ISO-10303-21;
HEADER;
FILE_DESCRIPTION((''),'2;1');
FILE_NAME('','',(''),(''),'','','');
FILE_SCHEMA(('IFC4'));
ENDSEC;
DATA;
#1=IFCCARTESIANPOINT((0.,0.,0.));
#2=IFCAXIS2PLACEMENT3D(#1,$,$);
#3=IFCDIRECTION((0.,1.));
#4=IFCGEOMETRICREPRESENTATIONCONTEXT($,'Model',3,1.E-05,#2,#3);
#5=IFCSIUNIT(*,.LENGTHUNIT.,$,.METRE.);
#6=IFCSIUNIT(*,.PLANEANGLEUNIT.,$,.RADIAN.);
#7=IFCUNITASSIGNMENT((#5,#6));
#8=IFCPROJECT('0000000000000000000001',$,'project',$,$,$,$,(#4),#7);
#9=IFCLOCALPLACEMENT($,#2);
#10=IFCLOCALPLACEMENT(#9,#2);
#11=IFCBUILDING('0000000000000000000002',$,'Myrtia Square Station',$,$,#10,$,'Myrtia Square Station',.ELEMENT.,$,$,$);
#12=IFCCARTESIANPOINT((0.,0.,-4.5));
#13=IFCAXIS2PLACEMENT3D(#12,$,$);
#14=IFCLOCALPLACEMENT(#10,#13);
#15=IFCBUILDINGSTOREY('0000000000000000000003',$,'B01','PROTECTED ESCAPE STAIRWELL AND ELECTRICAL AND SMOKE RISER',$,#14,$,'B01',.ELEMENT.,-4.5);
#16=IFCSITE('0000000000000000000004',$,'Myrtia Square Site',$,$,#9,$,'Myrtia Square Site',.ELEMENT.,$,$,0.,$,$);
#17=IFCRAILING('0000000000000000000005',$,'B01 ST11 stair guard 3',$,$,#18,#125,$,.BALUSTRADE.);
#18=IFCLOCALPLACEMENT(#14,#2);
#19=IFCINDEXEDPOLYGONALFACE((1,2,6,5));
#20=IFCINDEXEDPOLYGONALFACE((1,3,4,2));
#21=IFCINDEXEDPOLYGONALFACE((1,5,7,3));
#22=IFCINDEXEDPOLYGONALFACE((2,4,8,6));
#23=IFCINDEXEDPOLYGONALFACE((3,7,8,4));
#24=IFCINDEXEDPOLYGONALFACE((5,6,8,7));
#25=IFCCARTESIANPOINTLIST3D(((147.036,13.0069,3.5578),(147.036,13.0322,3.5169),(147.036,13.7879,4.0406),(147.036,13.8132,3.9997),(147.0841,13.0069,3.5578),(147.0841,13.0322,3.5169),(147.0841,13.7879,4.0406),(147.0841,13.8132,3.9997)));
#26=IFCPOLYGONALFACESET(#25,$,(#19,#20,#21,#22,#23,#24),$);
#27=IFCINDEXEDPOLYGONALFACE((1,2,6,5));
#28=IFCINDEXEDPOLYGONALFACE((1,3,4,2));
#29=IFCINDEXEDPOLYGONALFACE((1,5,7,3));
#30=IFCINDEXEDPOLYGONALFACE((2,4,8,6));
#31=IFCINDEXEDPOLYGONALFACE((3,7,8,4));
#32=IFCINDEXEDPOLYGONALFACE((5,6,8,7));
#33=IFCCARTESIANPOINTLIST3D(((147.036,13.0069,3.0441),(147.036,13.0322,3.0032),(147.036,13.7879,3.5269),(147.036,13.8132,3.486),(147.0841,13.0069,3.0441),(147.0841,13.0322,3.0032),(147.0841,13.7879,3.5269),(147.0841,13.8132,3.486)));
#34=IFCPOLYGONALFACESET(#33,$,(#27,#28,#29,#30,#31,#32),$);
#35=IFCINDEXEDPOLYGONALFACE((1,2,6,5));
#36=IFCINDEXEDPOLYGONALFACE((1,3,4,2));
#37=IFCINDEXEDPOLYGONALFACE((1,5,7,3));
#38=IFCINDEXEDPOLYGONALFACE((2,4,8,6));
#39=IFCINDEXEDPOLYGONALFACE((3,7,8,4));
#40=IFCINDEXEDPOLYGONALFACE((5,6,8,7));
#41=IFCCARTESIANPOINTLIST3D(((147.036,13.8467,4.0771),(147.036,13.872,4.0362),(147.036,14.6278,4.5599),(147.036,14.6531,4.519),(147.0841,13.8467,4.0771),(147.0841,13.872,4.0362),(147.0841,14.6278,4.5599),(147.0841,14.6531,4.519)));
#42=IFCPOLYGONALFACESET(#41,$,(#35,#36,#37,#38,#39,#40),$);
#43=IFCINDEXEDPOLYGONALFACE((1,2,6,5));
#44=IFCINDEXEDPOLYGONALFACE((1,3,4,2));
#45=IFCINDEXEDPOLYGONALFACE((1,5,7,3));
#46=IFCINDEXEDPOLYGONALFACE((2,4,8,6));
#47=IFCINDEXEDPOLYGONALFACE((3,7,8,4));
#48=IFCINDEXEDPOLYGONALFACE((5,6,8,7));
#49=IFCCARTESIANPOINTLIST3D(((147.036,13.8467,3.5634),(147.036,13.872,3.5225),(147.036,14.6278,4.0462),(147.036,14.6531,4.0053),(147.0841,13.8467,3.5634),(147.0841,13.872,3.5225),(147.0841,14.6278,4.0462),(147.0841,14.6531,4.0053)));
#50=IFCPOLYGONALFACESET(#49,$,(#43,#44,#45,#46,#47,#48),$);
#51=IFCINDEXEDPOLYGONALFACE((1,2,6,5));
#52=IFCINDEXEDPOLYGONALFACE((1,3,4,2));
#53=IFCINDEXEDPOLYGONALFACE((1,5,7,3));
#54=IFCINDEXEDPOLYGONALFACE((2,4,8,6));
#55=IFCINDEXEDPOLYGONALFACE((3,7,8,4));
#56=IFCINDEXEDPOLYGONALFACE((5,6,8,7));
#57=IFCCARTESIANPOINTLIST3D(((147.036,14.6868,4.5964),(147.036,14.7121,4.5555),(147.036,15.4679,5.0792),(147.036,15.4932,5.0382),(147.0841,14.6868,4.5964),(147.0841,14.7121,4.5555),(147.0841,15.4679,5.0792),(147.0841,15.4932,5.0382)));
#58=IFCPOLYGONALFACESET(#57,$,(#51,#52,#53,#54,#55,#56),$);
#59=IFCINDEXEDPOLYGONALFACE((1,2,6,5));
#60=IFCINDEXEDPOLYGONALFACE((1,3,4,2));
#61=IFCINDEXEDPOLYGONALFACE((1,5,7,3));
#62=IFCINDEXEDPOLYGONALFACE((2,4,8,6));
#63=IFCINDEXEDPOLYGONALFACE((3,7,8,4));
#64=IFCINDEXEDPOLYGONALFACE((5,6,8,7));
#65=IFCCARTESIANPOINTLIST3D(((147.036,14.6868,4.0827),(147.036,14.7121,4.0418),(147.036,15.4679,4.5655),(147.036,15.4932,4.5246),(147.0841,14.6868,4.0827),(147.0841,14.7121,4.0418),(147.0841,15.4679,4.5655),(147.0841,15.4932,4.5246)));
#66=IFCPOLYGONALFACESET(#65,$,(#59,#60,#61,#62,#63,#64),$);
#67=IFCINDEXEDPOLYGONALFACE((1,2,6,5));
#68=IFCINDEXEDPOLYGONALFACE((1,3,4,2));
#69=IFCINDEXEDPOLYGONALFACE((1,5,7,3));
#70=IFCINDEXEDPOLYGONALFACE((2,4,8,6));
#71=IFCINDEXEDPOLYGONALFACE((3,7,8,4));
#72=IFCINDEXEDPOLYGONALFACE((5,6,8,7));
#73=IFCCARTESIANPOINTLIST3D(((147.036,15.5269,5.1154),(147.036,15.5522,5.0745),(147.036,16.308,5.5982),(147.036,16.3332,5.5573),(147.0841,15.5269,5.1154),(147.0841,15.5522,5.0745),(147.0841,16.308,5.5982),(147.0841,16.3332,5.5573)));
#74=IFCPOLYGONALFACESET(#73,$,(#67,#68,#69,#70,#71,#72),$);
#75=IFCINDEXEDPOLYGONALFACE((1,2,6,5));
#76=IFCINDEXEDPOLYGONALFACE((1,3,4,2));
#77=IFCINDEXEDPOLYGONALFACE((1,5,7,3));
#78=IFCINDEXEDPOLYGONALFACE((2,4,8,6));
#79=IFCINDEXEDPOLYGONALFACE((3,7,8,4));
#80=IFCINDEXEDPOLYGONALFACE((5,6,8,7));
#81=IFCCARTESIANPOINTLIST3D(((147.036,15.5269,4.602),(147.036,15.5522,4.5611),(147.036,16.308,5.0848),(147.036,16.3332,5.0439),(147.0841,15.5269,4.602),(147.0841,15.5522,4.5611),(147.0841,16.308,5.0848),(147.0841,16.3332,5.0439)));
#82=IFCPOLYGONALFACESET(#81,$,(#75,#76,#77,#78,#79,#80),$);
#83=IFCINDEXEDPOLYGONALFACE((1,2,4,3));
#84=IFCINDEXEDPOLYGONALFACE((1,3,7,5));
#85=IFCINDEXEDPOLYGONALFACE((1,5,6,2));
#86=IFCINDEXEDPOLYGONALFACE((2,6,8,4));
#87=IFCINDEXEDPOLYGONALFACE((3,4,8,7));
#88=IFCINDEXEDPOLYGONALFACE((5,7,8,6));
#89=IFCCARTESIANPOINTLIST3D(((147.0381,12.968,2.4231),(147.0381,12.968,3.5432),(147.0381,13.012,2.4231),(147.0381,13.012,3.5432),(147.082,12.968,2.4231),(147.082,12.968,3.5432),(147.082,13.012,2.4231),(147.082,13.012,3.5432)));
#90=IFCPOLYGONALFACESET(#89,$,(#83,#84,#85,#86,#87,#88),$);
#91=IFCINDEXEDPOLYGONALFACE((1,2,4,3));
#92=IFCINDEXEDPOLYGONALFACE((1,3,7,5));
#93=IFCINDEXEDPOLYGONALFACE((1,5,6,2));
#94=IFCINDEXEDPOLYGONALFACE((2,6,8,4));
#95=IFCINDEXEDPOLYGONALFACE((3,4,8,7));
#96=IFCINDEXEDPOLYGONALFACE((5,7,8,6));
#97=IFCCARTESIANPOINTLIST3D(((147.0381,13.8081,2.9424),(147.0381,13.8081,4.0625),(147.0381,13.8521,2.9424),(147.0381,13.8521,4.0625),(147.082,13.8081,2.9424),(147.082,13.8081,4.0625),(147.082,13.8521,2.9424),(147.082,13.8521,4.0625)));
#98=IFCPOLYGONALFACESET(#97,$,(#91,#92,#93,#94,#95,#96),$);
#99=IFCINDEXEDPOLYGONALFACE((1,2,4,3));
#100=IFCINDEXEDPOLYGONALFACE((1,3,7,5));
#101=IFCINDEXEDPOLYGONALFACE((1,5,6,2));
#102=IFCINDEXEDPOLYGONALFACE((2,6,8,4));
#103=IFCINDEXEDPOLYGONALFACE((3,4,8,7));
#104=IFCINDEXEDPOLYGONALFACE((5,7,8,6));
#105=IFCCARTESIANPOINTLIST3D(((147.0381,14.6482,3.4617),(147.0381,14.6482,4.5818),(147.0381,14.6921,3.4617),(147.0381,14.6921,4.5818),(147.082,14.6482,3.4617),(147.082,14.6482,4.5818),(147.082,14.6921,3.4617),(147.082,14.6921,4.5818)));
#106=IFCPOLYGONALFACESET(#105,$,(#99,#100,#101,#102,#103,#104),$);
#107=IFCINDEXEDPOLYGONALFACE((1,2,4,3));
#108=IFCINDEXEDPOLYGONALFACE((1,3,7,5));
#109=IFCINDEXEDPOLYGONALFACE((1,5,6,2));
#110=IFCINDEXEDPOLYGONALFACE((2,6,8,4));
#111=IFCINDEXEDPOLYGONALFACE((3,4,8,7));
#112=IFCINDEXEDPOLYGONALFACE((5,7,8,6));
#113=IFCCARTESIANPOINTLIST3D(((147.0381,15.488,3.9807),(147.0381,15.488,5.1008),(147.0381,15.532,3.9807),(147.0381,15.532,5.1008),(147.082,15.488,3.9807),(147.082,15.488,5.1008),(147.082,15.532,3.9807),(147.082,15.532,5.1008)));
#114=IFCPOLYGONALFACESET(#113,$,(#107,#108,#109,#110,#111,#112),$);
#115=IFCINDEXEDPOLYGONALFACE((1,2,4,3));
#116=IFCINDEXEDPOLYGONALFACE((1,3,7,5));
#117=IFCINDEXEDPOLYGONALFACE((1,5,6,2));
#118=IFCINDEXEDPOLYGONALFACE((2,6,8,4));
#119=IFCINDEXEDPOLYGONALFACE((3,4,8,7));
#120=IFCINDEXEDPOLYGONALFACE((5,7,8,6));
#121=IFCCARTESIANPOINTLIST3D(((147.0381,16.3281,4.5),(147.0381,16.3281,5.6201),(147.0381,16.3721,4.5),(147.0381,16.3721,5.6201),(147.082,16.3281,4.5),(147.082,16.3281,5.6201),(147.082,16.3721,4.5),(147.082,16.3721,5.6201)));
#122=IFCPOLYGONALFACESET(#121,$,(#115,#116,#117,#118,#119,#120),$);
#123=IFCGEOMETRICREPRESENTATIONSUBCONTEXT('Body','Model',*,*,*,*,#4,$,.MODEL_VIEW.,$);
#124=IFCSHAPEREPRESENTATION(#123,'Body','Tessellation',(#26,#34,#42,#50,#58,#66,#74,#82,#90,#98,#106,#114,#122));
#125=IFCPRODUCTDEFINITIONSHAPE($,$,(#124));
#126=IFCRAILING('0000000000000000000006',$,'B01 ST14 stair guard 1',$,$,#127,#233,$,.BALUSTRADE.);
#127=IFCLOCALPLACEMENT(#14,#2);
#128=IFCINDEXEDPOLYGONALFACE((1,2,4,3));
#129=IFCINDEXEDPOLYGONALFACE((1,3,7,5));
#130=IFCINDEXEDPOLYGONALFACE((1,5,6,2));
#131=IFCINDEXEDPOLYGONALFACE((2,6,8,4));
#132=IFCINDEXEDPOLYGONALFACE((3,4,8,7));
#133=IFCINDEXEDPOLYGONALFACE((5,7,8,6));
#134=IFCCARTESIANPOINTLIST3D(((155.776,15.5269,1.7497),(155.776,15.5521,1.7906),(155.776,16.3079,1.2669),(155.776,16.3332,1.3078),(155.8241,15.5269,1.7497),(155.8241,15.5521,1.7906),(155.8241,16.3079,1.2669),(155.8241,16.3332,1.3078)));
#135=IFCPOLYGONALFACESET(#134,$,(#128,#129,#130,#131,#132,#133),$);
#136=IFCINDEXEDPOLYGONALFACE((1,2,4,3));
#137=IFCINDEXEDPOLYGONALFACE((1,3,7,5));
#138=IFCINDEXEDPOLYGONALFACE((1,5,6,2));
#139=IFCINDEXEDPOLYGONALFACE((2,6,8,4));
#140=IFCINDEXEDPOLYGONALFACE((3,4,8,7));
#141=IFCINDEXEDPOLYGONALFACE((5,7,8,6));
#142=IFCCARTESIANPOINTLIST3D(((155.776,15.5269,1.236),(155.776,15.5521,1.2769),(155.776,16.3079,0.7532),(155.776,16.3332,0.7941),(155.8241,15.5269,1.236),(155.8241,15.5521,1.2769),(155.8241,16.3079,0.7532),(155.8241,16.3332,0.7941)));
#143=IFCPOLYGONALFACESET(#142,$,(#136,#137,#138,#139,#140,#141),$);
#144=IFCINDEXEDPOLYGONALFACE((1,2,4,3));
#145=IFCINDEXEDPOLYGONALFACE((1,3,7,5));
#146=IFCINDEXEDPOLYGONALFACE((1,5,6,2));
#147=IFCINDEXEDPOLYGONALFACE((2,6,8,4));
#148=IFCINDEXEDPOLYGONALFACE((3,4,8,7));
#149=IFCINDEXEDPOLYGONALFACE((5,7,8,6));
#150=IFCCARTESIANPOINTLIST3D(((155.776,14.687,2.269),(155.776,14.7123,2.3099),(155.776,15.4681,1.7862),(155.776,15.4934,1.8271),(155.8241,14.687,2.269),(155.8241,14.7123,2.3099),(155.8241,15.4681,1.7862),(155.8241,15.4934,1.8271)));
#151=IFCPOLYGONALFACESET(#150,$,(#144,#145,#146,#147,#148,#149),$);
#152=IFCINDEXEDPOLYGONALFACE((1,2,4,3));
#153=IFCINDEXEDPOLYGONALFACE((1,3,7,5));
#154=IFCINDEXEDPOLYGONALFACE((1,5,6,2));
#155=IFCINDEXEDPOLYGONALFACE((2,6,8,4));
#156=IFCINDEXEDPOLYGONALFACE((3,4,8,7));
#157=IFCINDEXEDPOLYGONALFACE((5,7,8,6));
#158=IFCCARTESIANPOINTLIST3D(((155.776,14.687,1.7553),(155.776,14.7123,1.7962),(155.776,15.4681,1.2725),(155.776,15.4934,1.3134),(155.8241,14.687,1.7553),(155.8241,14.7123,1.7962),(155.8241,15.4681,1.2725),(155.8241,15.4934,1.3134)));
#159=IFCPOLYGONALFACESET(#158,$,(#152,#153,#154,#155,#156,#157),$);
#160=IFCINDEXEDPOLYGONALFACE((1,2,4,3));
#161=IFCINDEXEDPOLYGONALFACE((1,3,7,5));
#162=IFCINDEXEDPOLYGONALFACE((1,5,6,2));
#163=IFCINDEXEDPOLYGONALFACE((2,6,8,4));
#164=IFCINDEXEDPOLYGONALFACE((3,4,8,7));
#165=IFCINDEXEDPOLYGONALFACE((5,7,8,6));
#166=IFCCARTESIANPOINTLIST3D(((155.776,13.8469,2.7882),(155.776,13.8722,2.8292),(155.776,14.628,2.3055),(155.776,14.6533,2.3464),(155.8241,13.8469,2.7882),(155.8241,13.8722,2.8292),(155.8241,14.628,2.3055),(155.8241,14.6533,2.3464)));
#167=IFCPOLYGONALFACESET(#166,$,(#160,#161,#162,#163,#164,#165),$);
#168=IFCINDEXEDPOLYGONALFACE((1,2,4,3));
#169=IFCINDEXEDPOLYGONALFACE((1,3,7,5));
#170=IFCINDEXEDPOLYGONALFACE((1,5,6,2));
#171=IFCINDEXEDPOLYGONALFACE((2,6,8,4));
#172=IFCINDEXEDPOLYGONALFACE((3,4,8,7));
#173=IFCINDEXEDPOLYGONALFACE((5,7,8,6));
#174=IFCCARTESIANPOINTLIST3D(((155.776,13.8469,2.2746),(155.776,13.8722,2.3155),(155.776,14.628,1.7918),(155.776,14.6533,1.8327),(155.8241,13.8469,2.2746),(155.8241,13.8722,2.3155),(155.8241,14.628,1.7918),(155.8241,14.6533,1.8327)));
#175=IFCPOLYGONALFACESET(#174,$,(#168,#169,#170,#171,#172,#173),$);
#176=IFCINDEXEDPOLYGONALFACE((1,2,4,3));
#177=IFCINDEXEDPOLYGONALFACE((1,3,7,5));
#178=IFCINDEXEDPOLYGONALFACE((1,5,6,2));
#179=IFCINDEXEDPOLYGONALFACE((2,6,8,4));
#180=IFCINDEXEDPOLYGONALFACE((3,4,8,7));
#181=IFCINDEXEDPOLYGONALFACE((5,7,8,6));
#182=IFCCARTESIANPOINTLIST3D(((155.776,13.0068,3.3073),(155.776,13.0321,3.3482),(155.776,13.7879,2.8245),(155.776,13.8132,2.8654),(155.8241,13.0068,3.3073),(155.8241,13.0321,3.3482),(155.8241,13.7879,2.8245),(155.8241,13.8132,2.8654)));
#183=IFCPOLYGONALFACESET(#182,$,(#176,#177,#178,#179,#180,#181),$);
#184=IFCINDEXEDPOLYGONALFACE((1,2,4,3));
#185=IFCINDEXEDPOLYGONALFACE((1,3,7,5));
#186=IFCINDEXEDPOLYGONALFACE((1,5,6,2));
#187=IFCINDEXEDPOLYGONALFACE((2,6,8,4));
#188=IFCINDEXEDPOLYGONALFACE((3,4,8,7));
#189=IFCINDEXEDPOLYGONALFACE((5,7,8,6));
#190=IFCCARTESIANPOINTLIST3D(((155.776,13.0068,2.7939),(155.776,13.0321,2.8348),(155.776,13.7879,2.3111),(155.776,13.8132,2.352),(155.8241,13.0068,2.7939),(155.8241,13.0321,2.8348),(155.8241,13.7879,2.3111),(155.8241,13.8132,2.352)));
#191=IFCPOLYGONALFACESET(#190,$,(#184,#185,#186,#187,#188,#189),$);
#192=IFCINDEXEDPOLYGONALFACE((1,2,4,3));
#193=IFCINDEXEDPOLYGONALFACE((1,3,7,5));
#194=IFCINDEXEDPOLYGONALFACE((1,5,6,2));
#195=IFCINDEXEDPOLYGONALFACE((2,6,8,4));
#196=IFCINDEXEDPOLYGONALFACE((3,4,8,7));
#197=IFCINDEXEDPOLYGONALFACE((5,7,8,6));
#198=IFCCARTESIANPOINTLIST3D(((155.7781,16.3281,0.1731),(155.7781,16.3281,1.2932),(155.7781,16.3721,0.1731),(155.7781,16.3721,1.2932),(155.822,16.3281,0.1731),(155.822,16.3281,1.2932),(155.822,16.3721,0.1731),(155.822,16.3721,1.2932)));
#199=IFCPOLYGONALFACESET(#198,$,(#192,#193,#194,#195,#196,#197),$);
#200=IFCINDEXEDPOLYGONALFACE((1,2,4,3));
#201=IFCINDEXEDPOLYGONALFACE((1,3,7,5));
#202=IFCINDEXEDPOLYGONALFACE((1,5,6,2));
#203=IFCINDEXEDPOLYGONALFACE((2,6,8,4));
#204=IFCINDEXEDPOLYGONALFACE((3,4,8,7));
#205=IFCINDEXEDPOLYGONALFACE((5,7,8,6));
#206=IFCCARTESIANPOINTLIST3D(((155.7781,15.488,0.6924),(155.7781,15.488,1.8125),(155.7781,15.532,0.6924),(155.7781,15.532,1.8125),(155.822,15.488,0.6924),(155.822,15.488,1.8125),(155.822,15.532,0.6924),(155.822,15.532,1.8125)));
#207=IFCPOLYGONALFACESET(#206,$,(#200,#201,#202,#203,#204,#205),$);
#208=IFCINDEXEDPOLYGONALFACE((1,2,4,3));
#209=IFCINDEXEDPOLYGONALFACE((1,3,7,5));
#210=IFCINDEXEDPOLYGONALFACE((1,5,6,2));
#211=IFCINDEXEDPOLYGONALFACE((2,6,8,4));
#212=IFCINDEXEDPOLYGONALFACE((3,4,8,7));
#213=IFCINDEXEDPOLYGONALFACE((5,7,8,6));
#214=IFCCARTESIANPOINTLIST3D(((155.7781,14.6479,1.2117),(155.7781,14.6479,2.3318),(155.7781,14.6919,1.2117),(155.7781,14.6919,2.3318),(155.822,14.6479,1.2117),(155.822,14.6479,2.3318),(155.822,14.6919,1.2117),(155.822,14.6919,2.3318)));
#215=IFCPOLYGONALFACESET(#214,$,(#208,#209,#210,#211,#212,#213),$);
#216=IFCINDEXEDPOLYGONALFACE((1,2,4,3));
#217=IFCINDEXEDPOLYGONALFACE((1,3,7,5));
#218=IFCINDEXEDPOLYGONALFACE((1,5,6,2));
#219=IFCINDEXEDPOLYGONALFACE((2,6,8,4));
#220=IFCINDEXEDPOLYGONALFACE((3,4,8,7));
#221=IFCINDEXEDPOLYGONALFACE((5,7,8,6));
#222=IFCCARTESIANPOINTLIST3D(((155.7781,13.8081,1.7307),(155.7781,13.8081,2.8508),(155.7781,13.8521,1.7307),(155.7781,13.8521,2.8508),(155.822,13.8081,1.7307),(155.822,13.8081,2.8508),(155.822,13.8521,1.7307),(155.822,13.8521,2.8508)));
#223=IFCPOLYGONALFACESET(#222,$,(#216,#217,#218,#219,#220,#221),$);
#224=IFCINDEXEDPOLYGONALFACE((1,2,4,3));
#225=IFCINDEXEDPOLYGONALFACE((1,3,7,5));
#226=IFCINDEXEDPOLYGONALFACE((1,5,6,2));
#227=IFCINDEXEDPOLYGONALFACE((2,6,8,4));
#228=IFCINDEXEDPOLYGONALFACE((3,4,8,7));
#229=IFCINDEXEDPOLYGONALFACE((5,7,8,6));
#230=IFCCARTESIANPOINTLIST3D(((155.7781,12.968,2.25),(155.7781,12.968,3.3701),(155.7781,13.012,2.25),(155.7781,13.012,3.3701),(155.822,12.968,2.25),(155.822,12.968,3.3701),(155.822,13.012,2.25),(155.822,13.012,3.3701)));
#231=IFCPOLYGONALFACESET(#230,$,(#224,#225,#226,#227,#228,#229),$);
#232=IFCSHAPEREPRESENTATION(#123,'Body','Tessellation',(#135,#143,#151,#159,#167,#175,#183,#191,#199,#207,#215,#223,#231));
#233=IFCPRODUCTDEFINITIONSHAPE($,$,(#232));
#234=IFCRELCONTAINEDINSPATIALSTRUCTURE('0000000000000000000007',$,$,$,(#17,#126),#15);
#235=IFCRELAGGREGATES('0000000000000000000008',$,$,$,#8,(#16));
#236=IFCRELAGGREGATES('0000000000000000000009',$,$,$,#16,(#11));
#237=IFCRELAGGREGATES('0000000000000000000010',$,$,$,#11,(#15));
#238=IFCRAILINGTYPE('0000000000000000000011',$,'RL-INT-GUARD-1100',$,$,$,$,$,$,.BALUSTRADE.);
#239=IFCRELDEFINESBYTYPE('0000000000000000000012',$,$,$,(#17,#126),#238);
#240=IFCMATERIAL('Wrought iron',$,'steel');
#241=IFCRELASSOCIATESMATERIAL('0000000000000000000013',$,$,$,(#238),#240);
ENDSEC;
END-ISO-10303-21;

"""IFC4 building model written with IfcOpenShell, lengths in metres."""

from ifc_helpers import new_model, si_unit, direction, frame, origin, origin_2d, place, context, subcontext, project, spatial, rectangle, extrude, material, type_object, element, save


model = new_model("IFC4")

# Units and contexts
model_context = context("Model", 3, precision=1e-05, world=origin(), true_north=direction((0.0, 1.0)))
body_context = subcontext(model_context, "Body", "Model", "MODEL_VIEW")
ifc_project = project(units=[si_unit("LENGTHUNIT", "METRE"), si_unit("PLANEANGLEUNIT", "RADIAN")], contexts=[model_context])

# Site, building, storey
site_placement = place(None, origin())
site = spatial("IfcSite", under=ifc_project, at=site_placement, Name="Myrtia Square Site", LongName="Myrtia Square Site", CompositionType="ELEMENT", RefElevation=0.0)
building_placement = place(site_placement, origin())
building = spatial("IfcBuilding", under=site, at=building_placement, Name="Myrtia Square Station", LongName="Myrtia Square Station", CompositionType="ELEMENT")
storey_placement = place(building_placement, frame((0.0, 0.0, -4.5)))
storey = spatial("IfcBuildingStorey", under=building, at=storey_placement, Name="B01", Description="PROTECTED ESCAPE STAIRWELL AND ELECTRICAL AND SMOKE RISER", LongName="B01", CompositionType="ELEMENT", Elevation=-4.5)

# Railings
ifc_material_1 = material(Name="Wrought iron", Category="steel")
railing_type_1 = type_object("IfcRailingType", Name="RL-INT-GUARD-1100", PredefinedType="BALUSTRADE", material=ifc_material_1)
railing_1_placement = place(storey_placement, frame((147.0601, 12.99, 2.4231)))
element("IfcRailing", 1, at=railing_1_placement, inside=storey, type_object=railing_type_1, Name="B01 ST11 stair guard 3", PredefinedType="BALUSTRADE", context=body_context, shape_type="SweptSolid", body=[
    extrude(rectangle(XDim=0.0481, YDim=0.0481, at=origin_2d()), frame((0.0, 0.0295, 1.1143), z_axis=(0.0, 0.850623, 0.525776), x_axis=(-1.0, 0.0, 0.0)), (0.0, 0.0, 1.0), 0.9182),
    extrude(rectangle(XDim=0.0481, YDim=0.0481, at=origin_2d()), frame((0.0, 0.0295, 0.6006), z_axis=(0.0, 0.850623, 0.525776), x_axis=(-1.0, 0.0, 0.0)), (0.0, 0.0, 1.0), 0.9182),
    extrude(rectangle(XDim=0.0481, YDim=0.0481, at=origin_2d()), frame((0.0, 0.8694, 1.6335), z_axis=(0.0, 0.850623, 0.525776), x_axis=(-1.0, 0.0, 0.0)), (0.0, 0.0, 1.0), 0.9182),
    extrude(rectangle(XDim=0.0481, YDim=0.0481, at=origin_2d()), frame((0.0, 0.8694, 1.1199), z_axis=(0.0, 0.850623, 0.525776), x_axis=(-1.0, 0.0, 0.0)), (0.0, 0.0, 1.0), 0.9182),
    extrude(rectangle(XDim=0.0481, YDim=0.0481, at=origin_2d()), frame((0.0, 1.7095, 2.1528), z_axis=(0.0, 0.850623, 0.525776), x_axis=(-1.0, 0.0, 0.0)), (0.0, 0.0, 1.0), 0.9182),
    extrude(rectangle(XDim=0.0481, YDim=0.0481, at=origin_2d()), frame((0.0, 1.7095, 1.6392), z_axis=(0.0, 0.850623, 0.525776), x_axis=(-1.0, 0.0, 0.0)), (0.0, 0.0, 1.0), 0.9182),
    extrude(rectangle(XDim=0.0481, YDim=0.0481, at=origin_2d()), frame((0.0, 2.5496, 2.6719), z_axis=(0.0, 0.850623, 0.525776), x_axis=(-1.0, 0.0, 0.0)), (0.0, 0.0, 1.0), 0.9182),
    extrude(rectangle(XDim=0.0481, YDim=0.0481, at=origin_2d()), frame((0.0, 2.5496, 2.1584), z_axis=(0.0, 0.850623, 0.525776), x_axis=(-1.0, 0.0, 0.0)), (0.0, 0.0, 1.0), 0.9182),
    extrude(rectangle(XDim=0.0439, YDim=0.0439, at=origin_2d()), origin(), (0.0, 0.0, 1.0), 1.1201),
    extrude(rectangle(XDim=0.0439, YDim=0.0439, at=origin_2d()), frame((0.0, 0.8401, 0.5193)), (0.0, 0.0, 1.0), 1.1201),
    extrude(rectangle(XDim=0.0439, YDim=0.0439, at=origin_2d()), frame((0.0, 1.6802, 1.0386)), (0.0, 0.0, 1.0), 1.1201),
    extrude(rectangle(XDim=0.0439, YDim=0.0439, at=origin_2d()), frame((0.0, 2.52, 1.5576)), (0.0, 0.0, 1.0), 1.1201),
    extrude(rectangle(XDim=0.0439, YDim=0.0439, at=origin_2d()), frame((0.0, 3.3601, 2.0769)), (0.0, 0.0, 1.0), 1.1201),
])
railing_2_placement = place(storey_placement, frame((155.8, 16.3501, 0.1731)))
element("IfcRailing", 2, at=railing_2_placement, inside=storey, type_object=railing_type_1, Name="B01 ST14 stair guard 1", PredefinedType="BALUSTRADE", context=body_context, shape_type="SweptSolid", body=[
    extrude(rectangle(XDim=0.0481, YDim=0.0481, at=origin_2d()), frame((0.0, -0.0295, 1.1143), z_axis=(0.0, -0.850623, 0.525776), x_axis=(1.0, 0.0, 0.0)), (0.0, 0.0, 1.0), 0.9182),
    extrude(rectangle(XDim=0.0481, YDim=0.0481, at=origin_2d()), frame((0.0, -0.0295, 0.6006), z_axis=(0.0, -0.850623, 0.525776), x_axis=(1.0, 0.0, 0.0)), (0.0, 0.0, 1.0), 0.9182),
    extrude(rectangle(XDim=0.0481, YDim=0.0481, at=origin_2d()), frame((0.0, -0.8694, 1.6335), z_axis=(0.0, -0.850623, 0.525776), x_axis=(1.0, 0.0, 0.0)), (0.0, 0.0, 1.0), 0.9182),
    extrude(rectangle(XDim=0.0481, YDim=0.0481, at=origin_2d()), frame((0.0, -0.8694, 1.1199), z_axis=(0.0, -0.850623, 0.525776), x_axis=(1.0, 0.0, 0.0)), (0.0, 0.0, 1.0), 0.9182),
    extrude(rectangle(XDim=0.0481, YDim=0.0481, at=origin_2d()), frame((0.0, -1.7095, 2.1528), z_axis=(0.0, -0.850623, 0.525776), x_axis=(1.0, 0.0, 0.0)), (0.0, 0.0, 1.0), 0.9182),
    extrude(rectangle(XDim=0.0481, YDim=0.0481, at=origin_2d()), frame((0.0, -1.7095, 1.6392), z_axis=(0.0, -0.850623, 0.525776), x_axis=(1.0, 0.0, 0.0)), (0.0, 0.0, 1.0), 0.9182),
    extrude(rectangle(XDim=0.0481, YDim=0.0481, at=origin_2d()), frame((0.0, -2.5496, 2.6719), z_axis=(0.0, -0.850623, 0.525776), x_axis=(1.0, 0.0, 0.0)), (0.0, 0.0, 1.0), 0.9182),
    extrude(rectangle(XDim=0.0481, YDim=0.0481, at=origin_2d()), frame((0.0, -2.5496, 2.1584), z_axis=(0.0, -0.850623, 0.525776), x_axis=(1.0, 0.0, 0.0)), (0.0, 0.0, 1.0), 0.9182),
    extrude(rectangle(XDim=0.0439, YDim=0.0439, at=origin_2d()), origin(), (0.0, 0.0, 1.0), 1.1201),
    extrude(rectangle(XDim=0.0439, YDim=0.0439, at=origin_2d()), frame((0.0, -0.8401, 0.5193)), (0.0, 0.0, 1.0), 1.1201),
    extrude(rectangle(XDim=0.0439, YDim=0.0439, at=origin_2d()), frame((0.0, -1.6802, 1.0386)), (0.0, 0.0, 1.0), 1.1201),
    extrude(rectangle(XDim=0.0439, YDim=0.0439, at=origin_2d()), frame((0.0, -2.52, 1.5576)), (0.0, 0.0, 1.0), 1.1201),
    extrude(rectangle(XDim=0.0439, YDim=0.0439, at=origin_2d()), frame((0.0, -3.3601, 2.0769)), (0.0, 0.0, 1.0), 1.1201),
])

save(model, "model.ifc")
